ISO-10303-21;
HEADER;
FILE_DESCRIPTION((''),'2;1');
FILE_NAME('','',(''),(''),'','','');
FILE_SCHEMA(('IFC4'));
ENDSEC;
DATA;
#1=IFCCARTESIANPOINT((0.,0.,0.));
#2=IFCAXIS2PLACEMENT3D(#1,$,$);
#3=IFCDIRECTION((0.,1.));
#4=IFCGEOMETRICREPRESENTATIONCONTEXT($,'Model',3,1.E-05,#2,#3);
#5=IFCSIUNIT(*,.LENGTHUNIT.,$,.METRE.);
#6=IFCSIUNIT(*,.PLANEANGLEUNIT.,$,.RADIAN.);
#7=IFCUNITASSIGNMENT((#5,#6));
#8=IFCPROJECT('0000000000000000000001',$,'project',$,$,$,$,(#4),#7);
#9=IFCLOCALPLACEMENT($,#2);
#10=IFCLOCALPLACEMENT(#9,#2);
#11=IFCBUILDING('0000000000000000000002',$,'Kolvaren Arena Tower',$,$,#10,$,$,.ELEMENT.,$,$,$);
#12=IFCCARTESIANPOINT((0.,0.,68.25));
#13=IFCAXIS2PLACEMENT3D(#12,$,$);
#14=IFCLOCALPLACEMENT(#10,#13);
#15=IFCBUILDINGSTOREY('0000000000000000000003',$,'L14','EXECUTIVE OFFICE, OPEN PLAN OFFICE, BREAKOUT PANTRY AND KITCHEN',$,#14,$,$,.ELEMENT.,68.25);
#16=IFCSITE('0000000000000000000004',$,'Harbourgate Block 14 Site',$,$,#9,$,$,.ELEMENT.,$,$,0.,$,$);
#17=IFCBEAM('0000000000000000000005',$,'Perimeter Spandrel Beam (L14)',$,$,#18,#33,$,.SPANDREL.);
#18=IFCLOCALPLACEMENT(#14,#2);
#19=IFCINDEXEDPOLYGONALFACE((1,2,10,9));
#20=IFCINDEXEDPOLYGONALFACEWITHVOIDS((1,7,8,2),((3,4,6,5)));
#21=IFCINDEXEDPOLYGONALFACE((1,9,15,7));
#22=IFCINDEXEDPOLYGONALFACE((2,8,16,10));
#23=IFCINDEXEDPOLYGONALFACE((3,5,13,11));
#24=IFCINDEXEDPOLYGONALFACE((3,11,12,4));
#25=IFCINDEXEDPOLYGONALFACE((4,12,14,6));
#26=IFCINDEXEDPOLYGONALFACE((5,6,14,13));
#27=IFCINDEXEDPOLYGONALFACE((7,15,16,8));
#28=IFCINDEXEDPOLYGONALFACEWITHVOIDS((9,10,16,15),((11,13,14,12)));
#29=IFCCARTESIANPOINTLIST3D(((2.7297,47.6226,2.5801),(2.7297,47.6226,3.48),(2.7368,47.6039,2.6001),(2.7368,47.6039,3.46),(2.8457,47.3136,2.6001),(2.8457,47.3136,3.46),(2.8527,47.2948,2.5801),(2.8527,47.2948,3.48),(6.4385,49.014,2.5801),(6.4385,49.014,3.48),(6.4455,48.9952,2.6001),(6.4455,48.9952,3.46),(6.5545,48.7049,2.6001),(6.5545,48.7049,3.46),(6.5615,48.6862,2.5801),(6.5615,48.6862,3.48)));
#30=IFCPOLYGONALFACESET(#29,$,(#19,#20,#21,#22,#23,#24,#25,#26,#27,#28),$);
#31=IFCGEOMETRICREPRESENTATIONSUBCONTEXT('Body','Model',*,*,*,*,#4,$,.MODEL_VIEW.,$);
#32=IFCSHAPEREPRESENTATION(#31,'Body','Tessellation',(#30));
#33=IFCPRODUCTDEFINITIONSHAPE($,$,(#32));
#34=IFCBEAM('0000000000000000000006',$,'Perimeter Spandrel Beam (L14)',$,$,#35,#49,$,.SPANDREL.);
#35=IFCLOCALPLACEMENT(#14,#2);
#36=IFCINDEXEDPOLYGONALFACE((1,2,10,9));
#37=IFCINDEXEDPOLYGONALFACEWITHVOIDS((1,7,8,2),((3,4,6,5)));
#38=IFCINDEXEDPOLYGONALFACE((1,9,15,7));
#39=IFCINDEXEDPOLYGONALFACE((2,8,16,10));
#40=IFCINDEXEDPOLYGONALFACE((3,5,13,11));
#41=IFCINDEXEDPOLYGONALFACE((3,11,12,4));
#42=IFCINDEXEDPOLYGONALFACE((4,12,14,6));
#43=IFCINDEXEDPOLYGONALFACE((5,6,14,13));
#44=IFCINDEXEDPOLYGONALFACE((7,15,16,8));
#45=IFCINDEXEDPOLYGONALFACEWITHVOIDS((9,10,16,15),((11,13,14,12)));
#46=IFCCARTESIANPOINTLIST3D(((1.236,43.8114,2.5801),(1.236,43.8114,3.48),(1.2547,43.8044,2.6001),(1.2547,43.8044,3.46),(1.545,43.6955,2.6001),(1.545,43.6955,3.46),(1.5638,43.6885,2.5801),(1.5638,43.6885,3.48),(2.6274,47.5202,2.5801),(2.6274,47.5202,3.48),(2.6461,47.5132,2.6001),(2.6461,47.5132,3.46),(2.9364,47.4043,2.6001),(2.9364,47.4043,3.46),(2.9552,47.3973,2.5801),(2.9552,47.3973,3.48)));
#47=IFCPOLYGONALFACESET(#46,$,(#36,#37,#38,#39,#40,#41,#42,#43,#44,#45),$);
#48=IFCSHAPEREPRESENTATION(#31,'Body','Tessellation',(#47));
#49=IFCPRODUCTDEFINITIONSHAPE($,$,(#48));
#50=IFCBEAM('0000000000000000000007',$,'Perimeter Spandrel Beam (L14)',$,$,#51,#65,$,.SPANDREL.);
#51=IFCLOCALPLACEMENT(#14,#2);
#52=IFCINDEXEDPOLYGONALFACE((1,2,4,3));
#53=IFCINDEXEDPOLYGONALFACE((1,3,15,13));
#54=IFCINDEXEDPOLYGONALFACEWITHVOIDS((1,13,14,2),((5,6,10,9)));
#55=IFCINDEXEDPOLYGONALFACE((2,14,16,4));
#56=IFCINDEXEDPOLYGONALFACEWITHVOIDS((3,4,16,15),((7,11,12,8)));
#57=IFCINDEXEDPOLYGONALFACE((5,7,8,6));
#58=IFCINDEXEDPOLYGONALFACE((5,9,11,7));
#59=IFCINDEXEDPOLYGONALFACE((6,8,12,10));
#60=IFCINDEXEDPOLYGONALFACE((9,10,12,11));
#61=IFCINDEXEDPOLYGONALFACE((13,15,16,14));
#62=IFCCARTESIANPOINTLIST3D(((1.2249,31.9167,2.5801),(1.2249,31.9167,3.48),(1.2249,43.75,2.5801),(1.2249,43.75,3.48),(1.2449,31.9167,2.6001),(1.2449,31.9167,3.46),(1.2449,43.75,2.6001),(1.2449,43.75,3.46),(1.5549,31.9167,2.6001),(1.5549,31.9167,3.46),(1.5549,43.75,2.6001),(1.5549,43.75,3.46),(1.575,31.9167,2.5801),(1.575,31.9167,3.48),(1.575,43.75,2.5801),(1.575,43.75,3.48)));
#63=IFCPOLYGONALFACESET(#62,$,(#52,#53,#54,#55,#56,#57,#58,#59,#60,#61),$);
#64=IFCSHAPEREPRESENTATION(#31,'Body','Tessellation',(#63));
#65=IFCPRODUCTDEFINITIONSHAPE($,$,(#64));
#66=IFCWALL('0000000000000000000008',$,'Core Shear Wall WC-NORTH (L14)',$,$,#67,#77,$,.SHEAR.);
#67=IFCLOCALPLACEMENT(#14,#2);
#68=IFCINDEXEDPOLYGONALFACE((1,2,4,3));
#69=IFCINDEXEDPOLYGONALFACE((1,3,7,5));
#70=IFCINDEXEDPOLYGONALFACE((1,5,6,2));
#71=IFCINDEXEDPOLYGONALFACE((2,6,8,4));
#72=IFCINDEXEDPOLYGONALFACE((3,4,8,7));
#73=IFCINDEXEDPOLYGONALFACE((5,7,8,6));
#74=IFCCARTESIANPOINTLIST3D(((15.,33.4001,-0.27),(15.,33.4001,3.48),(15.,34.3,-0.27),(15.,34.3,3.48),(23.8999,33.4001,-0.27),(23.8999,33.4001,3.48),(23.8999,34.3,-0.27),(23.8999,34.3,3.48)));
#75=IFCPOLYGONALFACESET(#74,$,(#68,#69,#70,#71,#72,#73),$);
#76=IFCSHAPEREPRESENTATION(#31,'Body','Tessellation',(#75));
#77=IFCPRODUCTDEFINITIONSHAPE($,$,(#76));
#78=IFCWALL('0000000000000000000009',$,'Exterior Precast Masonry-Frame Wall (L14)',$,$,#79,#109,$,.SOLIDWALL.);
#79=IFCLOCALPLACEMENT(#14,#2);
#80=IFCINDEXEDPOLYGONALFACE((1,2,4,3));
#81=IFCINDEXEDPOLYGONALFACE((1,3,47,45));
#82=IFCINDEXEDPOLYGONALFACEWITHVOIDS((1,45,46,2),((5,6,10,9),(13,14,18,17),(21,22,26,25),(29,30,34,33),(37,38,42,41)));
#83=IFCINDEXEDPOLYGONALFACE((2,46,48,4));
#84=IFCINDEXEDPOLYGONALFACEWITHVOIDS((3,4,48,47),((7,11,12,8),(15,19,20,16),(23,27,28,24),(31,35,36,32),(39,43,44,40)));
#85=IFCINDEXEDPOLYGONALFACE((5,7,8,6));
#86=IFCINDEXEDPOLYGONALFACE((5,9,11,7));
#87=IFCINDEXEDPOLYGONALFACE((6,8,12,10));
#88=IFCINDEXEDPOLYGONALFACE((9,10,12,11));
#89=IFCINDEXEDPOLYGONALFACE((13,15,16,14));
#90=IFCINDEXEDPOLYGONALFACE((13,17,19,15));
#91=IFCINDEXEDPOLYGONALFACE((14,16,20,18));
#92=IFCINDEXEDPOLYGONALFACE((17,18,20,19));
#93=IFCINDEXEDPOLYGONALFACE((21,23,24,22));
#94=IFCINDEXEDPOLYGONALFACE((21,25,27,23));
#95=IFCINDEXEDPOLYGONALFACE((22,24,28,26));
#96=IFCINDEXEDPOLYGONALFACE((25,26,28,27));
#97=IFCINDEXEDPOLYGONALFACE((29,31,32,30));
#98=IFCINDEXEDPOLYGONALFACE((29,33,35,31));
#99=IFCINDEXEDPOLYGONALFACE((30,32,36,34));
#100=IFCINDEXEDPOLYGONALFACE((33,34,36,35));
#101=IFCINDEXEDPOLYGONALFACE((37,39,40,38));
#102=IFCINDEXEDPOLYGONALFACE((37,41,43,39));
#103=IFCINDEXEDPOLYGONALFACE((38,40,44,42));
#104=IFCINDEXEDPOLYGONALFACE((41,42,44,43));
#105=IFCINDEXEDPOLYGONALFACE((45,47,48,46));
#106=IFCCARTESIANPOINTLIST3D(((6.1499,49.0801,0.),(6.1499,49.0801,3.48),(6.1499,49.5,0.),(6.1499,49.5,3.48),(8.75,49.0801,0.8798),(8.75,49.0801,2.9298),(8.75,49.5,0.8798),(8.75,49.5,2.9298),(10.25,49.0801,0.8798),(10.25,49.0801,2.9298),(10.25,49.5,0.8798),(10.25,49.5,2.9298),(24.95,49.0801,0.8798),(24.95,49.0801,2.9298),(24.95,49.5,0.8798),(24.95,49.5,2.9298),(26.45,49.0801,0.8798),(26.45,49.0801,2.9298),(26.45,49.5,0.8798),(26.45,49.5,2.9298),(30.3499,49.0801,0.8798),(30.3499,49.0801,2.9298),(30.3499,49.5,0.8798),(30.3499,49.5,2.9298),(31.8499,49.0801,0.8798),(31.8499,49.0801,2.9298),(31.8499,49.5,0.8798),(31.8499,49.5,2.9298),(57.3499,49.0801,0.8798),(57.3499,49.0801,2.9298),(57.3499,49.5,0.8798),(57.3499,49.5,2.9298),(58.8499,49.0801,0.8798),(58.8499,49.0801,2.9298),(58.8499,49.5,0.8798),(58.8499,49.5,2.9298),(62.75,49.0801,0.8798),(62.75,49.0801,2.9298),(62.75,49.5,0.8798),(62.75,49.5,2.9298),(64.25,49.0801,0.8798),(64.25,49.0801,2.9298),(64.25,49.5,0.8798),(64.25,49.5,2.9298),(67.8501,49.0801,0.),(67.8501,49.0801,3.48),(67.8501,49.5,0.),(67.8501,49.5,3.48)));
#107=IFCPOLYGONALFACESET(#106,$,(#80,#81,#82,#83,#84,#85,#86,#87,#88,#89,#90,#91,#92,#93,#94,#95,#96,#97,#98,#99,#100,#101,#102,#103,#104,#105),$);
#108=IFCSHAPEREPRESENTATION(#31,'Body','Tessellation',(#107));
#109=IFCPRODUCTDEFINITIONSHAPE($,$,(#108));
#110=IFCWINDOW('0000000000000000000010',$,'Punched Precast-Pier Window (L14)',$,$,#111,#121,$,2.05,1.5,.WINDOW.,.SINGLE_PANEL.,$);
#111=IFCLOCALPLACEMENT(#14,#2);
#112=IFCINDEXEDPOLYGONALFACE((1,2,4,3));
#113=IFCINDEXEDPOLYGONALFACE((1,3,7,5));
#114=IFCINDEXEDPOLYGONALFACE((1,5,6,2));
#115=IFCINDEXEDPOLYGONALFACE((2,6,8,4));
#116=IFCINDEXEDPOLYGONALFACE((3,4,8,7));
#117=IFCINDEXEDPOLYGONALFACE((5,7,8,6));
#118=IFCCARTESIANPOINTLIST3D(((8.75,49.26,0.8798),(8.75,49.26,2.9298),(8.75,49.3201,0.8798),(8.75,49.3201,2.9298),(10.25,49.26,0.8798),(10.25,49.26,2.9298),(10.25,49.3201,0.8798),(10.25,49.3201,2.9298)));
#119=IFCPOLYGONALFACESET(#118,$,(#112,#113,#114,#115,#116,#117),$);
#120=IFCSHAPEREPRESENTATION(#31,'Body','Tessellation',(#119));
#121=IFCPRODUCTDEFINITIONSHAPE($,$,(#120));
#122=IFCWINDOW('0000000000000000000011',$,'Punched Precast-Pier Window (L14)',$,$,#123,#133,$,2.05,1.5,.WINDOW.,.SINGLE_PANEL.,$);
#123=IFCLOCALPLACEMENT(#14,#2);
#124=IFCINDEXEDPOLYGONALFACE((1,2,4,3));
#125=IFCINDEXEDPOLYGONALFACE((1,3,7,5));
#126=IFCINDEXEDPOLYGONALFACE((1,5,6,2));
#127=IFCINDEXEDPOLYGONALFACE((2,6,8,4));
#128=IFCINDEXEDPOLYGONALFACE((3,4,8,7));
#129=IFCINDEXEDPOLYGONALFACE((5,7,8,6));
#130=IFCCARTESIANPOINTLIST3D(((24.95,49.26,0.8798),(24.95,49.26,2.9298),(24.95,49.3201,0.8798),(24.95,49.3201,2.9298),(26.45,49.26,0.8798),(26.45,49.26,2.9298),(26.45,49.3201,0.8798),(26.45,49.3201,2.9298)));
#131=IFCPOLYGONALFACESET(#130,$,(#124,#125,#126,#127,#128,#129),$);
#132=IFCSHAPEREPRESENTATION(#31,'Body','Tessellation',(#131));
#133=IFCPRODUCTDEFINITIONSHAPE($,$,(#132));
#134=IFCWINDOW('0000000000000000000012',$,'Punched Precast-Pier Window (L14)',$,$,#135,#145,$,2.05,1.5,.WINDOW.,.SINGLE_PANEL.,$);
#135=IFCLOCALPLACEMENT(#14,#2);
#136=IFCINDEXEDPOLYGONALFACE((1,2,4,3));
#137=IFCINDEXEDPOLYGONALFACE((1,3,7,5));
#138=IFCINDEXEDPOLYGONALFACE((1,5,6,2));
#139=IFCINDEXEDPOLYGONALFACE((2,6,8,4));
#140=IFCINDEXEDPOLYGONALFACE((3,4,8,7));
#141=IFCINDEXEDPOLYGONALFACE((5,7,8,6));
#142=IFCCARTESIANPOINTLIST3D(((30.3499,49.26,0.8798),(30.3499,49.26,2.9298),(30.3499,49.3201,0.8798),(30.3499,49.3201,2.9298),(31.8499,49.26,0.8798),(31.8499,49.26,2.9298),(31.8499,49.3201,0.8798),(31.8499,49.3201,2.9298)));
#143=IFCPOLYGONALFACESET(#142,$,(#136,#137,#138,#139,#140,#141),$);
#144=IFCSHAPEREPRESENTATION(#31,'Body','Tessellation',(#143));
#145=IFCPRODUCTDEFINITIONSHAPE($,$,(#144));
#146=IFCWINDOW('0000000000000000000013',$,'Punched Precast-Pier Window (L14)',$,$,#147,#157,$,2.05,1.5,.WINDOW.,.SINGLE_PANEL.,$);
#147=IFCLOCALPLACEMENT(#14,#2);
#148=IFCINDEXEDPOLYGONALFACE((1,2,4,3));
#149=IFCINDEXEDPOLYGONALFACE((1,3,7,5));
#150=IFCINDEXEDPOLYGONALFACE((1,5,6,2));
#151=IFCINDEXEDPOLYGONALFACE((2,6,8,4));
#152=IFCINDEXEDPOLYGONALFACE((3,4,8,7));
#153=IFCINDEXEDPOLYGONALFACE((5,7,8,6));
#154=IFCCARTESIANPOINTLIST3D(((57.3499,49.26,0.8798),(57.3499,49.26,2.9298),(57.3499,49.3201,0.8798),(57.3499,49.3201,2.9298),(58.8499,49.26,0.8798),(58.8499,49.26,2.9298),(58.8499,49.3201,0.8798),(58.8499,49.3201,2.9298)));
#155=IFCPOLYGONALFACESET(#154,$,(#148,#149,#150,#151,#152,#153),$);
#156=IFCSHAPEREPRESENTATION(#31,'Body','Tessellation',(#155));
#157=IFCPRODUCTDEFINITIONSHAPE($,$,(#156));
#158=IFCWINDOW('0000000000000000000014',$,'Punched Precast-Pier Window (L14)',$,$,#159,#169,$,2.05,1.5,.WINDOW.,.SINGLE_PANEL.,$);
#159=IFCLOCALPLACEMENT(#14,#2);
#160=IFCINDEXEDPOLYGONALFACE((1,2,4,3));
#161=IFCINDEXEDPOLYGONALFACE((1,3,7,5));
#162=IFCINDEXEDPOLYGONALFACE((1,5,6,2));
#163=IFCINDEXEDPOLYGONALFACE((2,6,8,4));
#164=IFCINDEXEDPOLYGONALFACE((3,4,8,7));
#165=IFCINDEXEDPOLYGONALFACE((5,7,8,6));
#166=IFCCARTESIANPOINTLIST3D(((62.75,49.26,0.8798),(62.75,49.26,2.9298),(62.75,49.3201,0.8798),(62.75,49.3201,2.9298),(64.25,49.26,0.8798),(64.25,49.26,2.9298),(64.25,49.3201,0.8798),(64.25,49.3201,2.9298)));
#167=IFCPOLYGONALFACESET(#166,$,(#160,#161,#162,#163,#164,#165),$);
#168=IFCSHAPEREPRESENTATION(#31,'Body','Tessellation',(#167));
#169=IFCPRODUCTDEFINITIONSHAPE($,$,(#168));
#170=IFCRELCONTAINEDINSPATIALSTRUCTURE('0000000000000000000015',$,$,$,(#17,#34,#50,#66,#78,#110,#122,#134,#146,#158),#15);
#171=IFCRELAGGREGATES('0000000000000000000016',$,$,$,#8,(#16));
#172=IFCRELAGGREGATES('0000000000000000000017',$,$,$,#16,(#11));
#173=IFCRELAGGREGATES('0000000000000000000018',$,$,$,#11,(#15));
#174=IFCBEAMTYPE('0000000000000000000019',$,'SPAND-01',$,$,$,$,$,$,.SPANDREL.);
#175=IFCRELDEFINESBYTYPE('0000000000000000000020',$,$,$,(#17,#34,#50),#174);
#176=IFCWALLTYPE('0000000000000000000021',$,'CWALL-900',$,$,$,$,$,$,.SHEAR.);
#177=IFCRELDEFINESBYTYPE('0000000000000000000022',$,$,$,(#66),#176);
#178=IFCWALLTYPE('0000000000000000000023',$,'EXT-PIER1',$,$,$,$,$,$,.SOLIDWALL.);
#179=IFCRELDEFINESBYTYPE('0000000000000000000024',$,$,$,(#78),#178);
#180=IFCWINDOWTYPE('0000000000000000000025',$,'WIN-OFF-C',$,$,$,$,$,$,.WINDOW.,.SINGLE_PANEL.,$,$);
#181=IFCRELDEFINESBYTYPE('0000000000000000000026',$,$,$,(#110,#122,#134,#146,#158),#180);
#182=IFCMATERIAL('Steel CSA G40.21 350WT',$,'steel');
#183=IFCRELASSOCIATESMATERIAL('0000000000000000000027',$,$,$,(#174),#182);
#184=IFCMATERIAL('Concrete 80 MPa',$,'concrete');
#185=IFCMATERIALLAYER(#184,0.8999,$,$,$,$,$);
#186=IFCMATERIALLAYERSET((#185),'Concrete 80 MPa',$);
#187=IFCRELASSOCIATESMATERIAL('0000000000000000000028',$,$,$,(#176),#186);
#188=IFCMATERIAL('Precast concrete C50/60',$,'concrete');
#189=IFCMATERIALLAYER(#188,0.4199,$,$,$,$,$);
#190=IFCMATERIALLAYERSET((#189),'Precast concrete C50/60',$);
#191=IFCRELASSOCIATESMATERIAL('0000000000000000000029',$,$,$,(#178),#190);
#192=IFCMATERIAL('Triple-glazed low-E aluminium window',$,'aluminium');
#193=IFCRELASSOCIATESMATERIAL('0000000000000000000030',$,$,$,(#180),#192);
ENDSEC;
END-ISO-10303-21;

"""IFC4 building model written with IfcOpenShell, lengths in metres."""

from ifc_helpers import new_model, si_unit, direction, frame, frame_2d, origin, origin_2d, place, context, subcontext, project, spatial, rectangle, hollow_rectangle, extrude, material, layer, layer_set, material_profile, profile_set, type_object, element, fill, save


model = new_model("IFC4")

# Units and contexts
model_context = context("Model", 3, precision=1e-05, world=origin(), true_north=direction((0.0, 1.0)))
body_context = subcontext(model_context, "Body", "Model", "MODEL_VIEW")
ifc_project = project(units=[si_unit("LENGTHUNIT", "METRE"), si_unit("PLANEANGLEUNIT", "RADIAN")], contexts=[model_context])

# Site, building, storey
site_placement = place(None, origin())
site = spatial("IfcSite", under=ifc_project, at=site_placement, Name="Harbourgate Block 14 Site", CompositionType="ELEMENT", RefElevation=0.0)
building_placement = place(site_placement, origin())
building = spatial("IfcBuilding", under=site, at=building_placement, Name="Kolvaren Arena Tower", CompositionType="ELEMENT")
storey_placement = place(building_placement, frame((0.0, 0.0, 68.25)))
storey = spatial("IfcBuildingStorey", under=building, at=storey_placement, Name="L14", Description="EXECUTIVE OFFICE, OPEN PLAN OFFICE, BREAKOUT PANTRY AND KITCHEN", CompositionType="ELEMENT", Elevation=68.25)

# Beams
ifc_material_1 = material(Name="Steel CSA G40.21 350WT", Category="steel")
ifc_material_profile_1 = material_profile(ifc_material_1, hollow_rectangle(XDim=0.3501, YDim=0.8999, WallThickness=0.02, at=origin_2d()), Name="HSS 900x350x20")
ifc_profile_set_1 = profile_set([ifc_material_profile_1], Name="Steel CSA G40.21 350WT")
beam_type_1 = type_object("IfcBeamType", Name="SPAND-01", PredefinedType="SPANDREL", material=ifc_profile_set_1)
for number, where, z_axis, x_axis, name in (
    (1, (6.5, 48.8501, 3.03), (-0.936281, -0.351252, 0.0), (0.351252, -0.936281, 0.0), "Perimeter Spandrel Beam (L14)"),
    (2, (2.7913, 47.4587, 3.03), (-0.351252, -0.936281, 0.0), (0.936281, -0.351252, 0.0), "Perimeter Spandrel Beam (L14)"),
):
    element("IfcBeam", number, at=place(storey_placement, frame(where, z_axis=z_axis, x_axis=x_axis)), inside=storey, type_object=beam_type_1, Name=name, PredefinedType="SPANDREL", context=body_context, shape_type="SweptSolid", body=[
        extrude(hollow_rectangle(XDim=0.3501, YDim=0.8999, WallThickness=0.02, at=origin_2d()), origin(), (0.0, 0.0, 1.0), 3.9612),
    ])
beam_1_placement = place(storey_placement, frame((1.3999, 43.75, 3.03), z_axis=(0.0, -1.0, 0.0), x_axis=(1.0, 0.0, 0.0)))
element("IfcBeam", 3, at=beam_1_placement, inside=storey, type_object=beam_type_1, Name="Perimeter Spandrel Beam (L14)", PredefinedType="SPANDREL", context=body_context, shape_type="SweptSolid", body=[
    extrude(hollow_rectangle(XDim=0.3501, YDim=0.8999, WallThickness=0.02, at=origin_2d()), origin(), (0.0, 0.0, 1.0), 11.8333),
])

# Wall
ifc_material_2 = material(Name="Concrete 80 MPa", Category="concrete")
ifc_layer_1 = layer(ifc_material_2, 0.8999)
ifc_layer_set_1 = layer_set([ifc_layer_1], Name="Concrete 80 MPa")
wall_type_1 = type_object("IfcWallType", Name="CWALL-900", PredefinedType="SHEAR", material=ifc_layer_set_1)
wall_1_placement = place(storey_placement, frame((15.0, 33.8501, -0.27), z_axis=(0.0, 0.0, 1.0), x_axis=(1.0, 0.0, 0.0)))
element("IfcWall", 4, at=wall_1_placement, inside=storey, type_object=wall_type_1, Name="Core Shear Wall WC-NORTH (L14)", PredefinedType="SHEAR", context=body_context, shape_type="SweptSolid", body=[
    extrude(rectangle(XDim=8.8999, YDim=0.8999, at=frame_2d((4.45, 0.0))), origin(), (0.0, 0.0, 1.0), 3.75),
])

# Wall, openings, windows
ifc_material_3 = material(Name="Precast concrete C50/60", Category="concrete")
ifc_layer_2 = layer(ifc_material_3, 0.4199)
ifc_layer_set_2 = layer_set([ifc_layer_2], Name="Precast concrete C50/60")
wall_type_2 = type_object("IfcWallType", Name="EXT-PIER1", PredefinedType="SOLIDWALL", material=ifc_layer_set_2)
wall_2_placement = place(storey_placement, frame((6.1499, 49.29, 0.0), z_axis=(0.0, 0.0, 1.0), x_axis=(1.0, 0.0, 0.0)))
wall_2 = element("IfcWall", 5, at=wall_2_placement, inside=storey, type_object=wall_type_2, Name="Exterior Precast Masonry-Frame Wall (L14)", PredefinedType="SOLIDWALL", context=body_context, shape_type="SweptSolid", body=[
    extrude(rectangle(XDim=61.7002, YDim=0.4199, at=frame_2d((30.8501, 0.0))), origin(), (0.0, 0.0, 1.0), 3.48),
])
opening_1_placement = place(wall_2_placement, frame((2.6001, 0.0, 0.8799)))
opening_1 = element("IfcOpeningElement", 6, at=opening_1_placement, cuts=wall_2, PredefinedType="OPENING", context=body_context, shape_type="SweptSolid", body=[
    extrude(rectangle(XDim=1.5, YDim=2.05, at=frame_2d((0.75, 1.0249))), frame((0.0, 0.22, 0.0), z_axis=(0.0, -1.0, 0.0), x_axis=(1.0, 0.0, 0.0)), (0.0, 0.0, 1.0), 0.4399),
])
opening_2_placement = place(wall_2_placement, frame((18.8, 0.0, 0.8799)))
opening_2 = element("IfcOpeningElement", 7, at=opening_2_placement, cuts=wall_2, PredefinedType="OPENING", context=body_context, shape_type="SweptSolid", body=[
    extrude(rectangle(XDim=1.5, YDim=2.05, at=frame_2d((0.75, 1.0249))), frame((0.0, 0.22, 0.0), z_axis=(0.0, -1.0, 0.0), x_axis=(1.0, 0.0, 0.0)), (0.0, 0.0, 1.0), 0.4399),
])
opening_3_placement = place(wall_2_placement, frame((24.2, 0.0, 0.8799)))
opening_3 = element("IfcOpeningElement", 8, at=opening_3_placement, cuts=wall_2, PredefinedType="OPENING", context=body_context, shape_type="SweptSolid", body=[
    extrude(rectangle(XDim=1.5, YDim=2.05, at=frame_2d((0.75, 1.0249))), frame((0.0, 0.22, 0.0), z_axis=(0.0, -1.0, 0.0), x_axis=(1.0, 0.0, 0.0)), (0.0, 0.0, 1.0), 0.4399),
])
opening_4_placement = place(wall_2_placement, frame((51.2, 0.0, 0.8799)))
opening_4 = element("IfcOpeningElement", 9, at=opening_4_placement, cuts=wall_2, PredefinedType="OPENING", context=body_context, shape_type="SweptSolid", body=[
    extrude(rectangle(XDim=1.5, YDim=2.05, at=frame_2d((0.75, 1.0249))), frame((0.0, 0.22, 0.0), z_axis=(0.0, -1.0, 0.0), x_axis=(1.0, 0.0, 0.0)), (0.0, 0.0, 1.0), 0.4399),
])
opening_5_placement = place(wall_2_placement, frame((56.6001, 0.0, 0.8799)))
opening_5 = element("IfcOpeningElement", 10, at=opening_5_placement, cuts=wall_2, PredefinedType="OPENING", context=body_context, shape_type="SweptSolid", body=[
    extrude(rectangle(XDim=1.5, YDim=2.05, at=frame_2d((0.75, 1.0249))), frame((0.0, 0.22, 0.0), z_axis=(0.0, -1.0, 0.0), x_axis=(1.0, 0.0, 0.0)), (0.0, 0.0, 1.0), 0.4399),
])
ifc_material_4 = material(Name="Triple-glazed low-E aluminium window", Category="aluminium")
window_type = type_object("IfcWindowType", Name="WIN-OFF-C", PartitioningType="SINGLE_PANEL", PredefinedType="WINDOW", material=ifc_material_4)
window_1_placement = place(opening_1_placement, origin())
window_1 = element("IfcWindow", 11, at=window_1_placement, inside=storey, type_object=window_type, Name="Punched Precast-Pier Window (L14)", OverallHeight=2.05, OverallWidth=1.5, PartitioningType="SINGLE_PANEL", PredefinedType="WINDOW", context=body_context, shape_type="SweptSolid", body=[
    extrude(rectangle(XDim=1.5, YDim=2.05, at=frame_2d((0.75, 1.0249))), frame((0.0, 0.03, 0.0), z_axis=(0.0, -1.0, 0.0), x_axis=(1.0, 0.0, 0.0)), (0.0, 0.0, 1.0), 0.0601),
])
fill(opening_1, window_1)
window_2_placement = place(opening_2_placement, origin())
window_2 = element("IfcWindow", 12, at=window_2_placement, inside=storey, type_object=window_type, Name="Punched Precast-Pier Window (L14)", OverallHeight=2.05, OverallWidth=1.5, PartitioningType="SINGLE_PANEL", PredefinedType="WINDOW", context=body_context, shape_type="SweptSolid", body=[
    extrude(rectangle(XDim=1.5, YDim=2.05, at=frame_2d((0.75, 1.0249))), frame((0.0, 0.03, 0.0), z_axis=(0.0, -1.0, 0.0), x_axis=(1.0, 0.0, 0.0)), (0.0, 0.0, 1.0), 0.0601),
])
fill(opening_2, window_2)
window_3_placement = place(opening_3_placement, origin())
window_3 = element("IfcWindow", 13, at=window_3_placement, inside=storey, type_object=window_type, Name="Punched Precast-Pier Window (L14)", OverallHeight=2.05, OverallWidth=1.5, PartitioningType="SINGLE_PANEL", PredefinedType="WINDOW", context=body_context, shape_type="SweptSolid", body=[
    extrude(rectangle(XDim=1.5, YDim=2.05, at=frame_2d((0.75, 1.0249))), frame((0.0, 0.03, 0.0), z_axis=(0.0, -1.0, 0.0), x_axis=(1.0, 0.0, 0.0)), (0.0, 0.0, 1.0), 0.0601),
])
fill(opening_3, window_3)
window_4_placement = place(opening_4_placement, origin())
window_4 = element("IfcWindow", 14, at=window_4_placement, inside=storey, type_object=window_type, Name="Punched Precast-Pier Window (L14)", OverallHeight=2.05, OverallWidth=1.5, PartitioningType="SINGLE_PANEL", PredefinedType="WINDOW", context=body_context, shape_type="SweptSolid", body=[
    extrude(rectangle(XDim=1.5, YDim=2.05, at=frame_2d((0.75, 1.0249))), frame((0.0, 0.03, 0.0), z_axis=(0.0, -1.0, 0.0), x_axis=(1.0, 0.0, 0.0)), (0.0, 0.0, 1.0), 0.0601),
])
fill(opening_4, window_4)
window_5_placement = place(opening_5_placement, origin())
window_5 = element("IfcWindow", 15, at=window_5_placement, inside=storey, type_object=window_type, Name="Punched Precast-Pier Window (L14)", OverallHeight=2.05, OverallWidth=1.5, PartitioningType="SINGLE_PANEL", PredefinedType="WINDOW", context=body_context, shape_type="SweptSolid", body=[
    extrude(rectangle(XDim=1.5, YDim=2.05, at=frame_2d((0.75, 1.0249))), frame((0.0, 0.03, 0.0), z_axis=(0.0, -1.0, 0.0), x_axis=(1.0, 0.0, 0.0)), (0.0, 0.0, 1.0), 0.0601),
])
fill(opening_5, window_5)

save(model, "model.ifc")
